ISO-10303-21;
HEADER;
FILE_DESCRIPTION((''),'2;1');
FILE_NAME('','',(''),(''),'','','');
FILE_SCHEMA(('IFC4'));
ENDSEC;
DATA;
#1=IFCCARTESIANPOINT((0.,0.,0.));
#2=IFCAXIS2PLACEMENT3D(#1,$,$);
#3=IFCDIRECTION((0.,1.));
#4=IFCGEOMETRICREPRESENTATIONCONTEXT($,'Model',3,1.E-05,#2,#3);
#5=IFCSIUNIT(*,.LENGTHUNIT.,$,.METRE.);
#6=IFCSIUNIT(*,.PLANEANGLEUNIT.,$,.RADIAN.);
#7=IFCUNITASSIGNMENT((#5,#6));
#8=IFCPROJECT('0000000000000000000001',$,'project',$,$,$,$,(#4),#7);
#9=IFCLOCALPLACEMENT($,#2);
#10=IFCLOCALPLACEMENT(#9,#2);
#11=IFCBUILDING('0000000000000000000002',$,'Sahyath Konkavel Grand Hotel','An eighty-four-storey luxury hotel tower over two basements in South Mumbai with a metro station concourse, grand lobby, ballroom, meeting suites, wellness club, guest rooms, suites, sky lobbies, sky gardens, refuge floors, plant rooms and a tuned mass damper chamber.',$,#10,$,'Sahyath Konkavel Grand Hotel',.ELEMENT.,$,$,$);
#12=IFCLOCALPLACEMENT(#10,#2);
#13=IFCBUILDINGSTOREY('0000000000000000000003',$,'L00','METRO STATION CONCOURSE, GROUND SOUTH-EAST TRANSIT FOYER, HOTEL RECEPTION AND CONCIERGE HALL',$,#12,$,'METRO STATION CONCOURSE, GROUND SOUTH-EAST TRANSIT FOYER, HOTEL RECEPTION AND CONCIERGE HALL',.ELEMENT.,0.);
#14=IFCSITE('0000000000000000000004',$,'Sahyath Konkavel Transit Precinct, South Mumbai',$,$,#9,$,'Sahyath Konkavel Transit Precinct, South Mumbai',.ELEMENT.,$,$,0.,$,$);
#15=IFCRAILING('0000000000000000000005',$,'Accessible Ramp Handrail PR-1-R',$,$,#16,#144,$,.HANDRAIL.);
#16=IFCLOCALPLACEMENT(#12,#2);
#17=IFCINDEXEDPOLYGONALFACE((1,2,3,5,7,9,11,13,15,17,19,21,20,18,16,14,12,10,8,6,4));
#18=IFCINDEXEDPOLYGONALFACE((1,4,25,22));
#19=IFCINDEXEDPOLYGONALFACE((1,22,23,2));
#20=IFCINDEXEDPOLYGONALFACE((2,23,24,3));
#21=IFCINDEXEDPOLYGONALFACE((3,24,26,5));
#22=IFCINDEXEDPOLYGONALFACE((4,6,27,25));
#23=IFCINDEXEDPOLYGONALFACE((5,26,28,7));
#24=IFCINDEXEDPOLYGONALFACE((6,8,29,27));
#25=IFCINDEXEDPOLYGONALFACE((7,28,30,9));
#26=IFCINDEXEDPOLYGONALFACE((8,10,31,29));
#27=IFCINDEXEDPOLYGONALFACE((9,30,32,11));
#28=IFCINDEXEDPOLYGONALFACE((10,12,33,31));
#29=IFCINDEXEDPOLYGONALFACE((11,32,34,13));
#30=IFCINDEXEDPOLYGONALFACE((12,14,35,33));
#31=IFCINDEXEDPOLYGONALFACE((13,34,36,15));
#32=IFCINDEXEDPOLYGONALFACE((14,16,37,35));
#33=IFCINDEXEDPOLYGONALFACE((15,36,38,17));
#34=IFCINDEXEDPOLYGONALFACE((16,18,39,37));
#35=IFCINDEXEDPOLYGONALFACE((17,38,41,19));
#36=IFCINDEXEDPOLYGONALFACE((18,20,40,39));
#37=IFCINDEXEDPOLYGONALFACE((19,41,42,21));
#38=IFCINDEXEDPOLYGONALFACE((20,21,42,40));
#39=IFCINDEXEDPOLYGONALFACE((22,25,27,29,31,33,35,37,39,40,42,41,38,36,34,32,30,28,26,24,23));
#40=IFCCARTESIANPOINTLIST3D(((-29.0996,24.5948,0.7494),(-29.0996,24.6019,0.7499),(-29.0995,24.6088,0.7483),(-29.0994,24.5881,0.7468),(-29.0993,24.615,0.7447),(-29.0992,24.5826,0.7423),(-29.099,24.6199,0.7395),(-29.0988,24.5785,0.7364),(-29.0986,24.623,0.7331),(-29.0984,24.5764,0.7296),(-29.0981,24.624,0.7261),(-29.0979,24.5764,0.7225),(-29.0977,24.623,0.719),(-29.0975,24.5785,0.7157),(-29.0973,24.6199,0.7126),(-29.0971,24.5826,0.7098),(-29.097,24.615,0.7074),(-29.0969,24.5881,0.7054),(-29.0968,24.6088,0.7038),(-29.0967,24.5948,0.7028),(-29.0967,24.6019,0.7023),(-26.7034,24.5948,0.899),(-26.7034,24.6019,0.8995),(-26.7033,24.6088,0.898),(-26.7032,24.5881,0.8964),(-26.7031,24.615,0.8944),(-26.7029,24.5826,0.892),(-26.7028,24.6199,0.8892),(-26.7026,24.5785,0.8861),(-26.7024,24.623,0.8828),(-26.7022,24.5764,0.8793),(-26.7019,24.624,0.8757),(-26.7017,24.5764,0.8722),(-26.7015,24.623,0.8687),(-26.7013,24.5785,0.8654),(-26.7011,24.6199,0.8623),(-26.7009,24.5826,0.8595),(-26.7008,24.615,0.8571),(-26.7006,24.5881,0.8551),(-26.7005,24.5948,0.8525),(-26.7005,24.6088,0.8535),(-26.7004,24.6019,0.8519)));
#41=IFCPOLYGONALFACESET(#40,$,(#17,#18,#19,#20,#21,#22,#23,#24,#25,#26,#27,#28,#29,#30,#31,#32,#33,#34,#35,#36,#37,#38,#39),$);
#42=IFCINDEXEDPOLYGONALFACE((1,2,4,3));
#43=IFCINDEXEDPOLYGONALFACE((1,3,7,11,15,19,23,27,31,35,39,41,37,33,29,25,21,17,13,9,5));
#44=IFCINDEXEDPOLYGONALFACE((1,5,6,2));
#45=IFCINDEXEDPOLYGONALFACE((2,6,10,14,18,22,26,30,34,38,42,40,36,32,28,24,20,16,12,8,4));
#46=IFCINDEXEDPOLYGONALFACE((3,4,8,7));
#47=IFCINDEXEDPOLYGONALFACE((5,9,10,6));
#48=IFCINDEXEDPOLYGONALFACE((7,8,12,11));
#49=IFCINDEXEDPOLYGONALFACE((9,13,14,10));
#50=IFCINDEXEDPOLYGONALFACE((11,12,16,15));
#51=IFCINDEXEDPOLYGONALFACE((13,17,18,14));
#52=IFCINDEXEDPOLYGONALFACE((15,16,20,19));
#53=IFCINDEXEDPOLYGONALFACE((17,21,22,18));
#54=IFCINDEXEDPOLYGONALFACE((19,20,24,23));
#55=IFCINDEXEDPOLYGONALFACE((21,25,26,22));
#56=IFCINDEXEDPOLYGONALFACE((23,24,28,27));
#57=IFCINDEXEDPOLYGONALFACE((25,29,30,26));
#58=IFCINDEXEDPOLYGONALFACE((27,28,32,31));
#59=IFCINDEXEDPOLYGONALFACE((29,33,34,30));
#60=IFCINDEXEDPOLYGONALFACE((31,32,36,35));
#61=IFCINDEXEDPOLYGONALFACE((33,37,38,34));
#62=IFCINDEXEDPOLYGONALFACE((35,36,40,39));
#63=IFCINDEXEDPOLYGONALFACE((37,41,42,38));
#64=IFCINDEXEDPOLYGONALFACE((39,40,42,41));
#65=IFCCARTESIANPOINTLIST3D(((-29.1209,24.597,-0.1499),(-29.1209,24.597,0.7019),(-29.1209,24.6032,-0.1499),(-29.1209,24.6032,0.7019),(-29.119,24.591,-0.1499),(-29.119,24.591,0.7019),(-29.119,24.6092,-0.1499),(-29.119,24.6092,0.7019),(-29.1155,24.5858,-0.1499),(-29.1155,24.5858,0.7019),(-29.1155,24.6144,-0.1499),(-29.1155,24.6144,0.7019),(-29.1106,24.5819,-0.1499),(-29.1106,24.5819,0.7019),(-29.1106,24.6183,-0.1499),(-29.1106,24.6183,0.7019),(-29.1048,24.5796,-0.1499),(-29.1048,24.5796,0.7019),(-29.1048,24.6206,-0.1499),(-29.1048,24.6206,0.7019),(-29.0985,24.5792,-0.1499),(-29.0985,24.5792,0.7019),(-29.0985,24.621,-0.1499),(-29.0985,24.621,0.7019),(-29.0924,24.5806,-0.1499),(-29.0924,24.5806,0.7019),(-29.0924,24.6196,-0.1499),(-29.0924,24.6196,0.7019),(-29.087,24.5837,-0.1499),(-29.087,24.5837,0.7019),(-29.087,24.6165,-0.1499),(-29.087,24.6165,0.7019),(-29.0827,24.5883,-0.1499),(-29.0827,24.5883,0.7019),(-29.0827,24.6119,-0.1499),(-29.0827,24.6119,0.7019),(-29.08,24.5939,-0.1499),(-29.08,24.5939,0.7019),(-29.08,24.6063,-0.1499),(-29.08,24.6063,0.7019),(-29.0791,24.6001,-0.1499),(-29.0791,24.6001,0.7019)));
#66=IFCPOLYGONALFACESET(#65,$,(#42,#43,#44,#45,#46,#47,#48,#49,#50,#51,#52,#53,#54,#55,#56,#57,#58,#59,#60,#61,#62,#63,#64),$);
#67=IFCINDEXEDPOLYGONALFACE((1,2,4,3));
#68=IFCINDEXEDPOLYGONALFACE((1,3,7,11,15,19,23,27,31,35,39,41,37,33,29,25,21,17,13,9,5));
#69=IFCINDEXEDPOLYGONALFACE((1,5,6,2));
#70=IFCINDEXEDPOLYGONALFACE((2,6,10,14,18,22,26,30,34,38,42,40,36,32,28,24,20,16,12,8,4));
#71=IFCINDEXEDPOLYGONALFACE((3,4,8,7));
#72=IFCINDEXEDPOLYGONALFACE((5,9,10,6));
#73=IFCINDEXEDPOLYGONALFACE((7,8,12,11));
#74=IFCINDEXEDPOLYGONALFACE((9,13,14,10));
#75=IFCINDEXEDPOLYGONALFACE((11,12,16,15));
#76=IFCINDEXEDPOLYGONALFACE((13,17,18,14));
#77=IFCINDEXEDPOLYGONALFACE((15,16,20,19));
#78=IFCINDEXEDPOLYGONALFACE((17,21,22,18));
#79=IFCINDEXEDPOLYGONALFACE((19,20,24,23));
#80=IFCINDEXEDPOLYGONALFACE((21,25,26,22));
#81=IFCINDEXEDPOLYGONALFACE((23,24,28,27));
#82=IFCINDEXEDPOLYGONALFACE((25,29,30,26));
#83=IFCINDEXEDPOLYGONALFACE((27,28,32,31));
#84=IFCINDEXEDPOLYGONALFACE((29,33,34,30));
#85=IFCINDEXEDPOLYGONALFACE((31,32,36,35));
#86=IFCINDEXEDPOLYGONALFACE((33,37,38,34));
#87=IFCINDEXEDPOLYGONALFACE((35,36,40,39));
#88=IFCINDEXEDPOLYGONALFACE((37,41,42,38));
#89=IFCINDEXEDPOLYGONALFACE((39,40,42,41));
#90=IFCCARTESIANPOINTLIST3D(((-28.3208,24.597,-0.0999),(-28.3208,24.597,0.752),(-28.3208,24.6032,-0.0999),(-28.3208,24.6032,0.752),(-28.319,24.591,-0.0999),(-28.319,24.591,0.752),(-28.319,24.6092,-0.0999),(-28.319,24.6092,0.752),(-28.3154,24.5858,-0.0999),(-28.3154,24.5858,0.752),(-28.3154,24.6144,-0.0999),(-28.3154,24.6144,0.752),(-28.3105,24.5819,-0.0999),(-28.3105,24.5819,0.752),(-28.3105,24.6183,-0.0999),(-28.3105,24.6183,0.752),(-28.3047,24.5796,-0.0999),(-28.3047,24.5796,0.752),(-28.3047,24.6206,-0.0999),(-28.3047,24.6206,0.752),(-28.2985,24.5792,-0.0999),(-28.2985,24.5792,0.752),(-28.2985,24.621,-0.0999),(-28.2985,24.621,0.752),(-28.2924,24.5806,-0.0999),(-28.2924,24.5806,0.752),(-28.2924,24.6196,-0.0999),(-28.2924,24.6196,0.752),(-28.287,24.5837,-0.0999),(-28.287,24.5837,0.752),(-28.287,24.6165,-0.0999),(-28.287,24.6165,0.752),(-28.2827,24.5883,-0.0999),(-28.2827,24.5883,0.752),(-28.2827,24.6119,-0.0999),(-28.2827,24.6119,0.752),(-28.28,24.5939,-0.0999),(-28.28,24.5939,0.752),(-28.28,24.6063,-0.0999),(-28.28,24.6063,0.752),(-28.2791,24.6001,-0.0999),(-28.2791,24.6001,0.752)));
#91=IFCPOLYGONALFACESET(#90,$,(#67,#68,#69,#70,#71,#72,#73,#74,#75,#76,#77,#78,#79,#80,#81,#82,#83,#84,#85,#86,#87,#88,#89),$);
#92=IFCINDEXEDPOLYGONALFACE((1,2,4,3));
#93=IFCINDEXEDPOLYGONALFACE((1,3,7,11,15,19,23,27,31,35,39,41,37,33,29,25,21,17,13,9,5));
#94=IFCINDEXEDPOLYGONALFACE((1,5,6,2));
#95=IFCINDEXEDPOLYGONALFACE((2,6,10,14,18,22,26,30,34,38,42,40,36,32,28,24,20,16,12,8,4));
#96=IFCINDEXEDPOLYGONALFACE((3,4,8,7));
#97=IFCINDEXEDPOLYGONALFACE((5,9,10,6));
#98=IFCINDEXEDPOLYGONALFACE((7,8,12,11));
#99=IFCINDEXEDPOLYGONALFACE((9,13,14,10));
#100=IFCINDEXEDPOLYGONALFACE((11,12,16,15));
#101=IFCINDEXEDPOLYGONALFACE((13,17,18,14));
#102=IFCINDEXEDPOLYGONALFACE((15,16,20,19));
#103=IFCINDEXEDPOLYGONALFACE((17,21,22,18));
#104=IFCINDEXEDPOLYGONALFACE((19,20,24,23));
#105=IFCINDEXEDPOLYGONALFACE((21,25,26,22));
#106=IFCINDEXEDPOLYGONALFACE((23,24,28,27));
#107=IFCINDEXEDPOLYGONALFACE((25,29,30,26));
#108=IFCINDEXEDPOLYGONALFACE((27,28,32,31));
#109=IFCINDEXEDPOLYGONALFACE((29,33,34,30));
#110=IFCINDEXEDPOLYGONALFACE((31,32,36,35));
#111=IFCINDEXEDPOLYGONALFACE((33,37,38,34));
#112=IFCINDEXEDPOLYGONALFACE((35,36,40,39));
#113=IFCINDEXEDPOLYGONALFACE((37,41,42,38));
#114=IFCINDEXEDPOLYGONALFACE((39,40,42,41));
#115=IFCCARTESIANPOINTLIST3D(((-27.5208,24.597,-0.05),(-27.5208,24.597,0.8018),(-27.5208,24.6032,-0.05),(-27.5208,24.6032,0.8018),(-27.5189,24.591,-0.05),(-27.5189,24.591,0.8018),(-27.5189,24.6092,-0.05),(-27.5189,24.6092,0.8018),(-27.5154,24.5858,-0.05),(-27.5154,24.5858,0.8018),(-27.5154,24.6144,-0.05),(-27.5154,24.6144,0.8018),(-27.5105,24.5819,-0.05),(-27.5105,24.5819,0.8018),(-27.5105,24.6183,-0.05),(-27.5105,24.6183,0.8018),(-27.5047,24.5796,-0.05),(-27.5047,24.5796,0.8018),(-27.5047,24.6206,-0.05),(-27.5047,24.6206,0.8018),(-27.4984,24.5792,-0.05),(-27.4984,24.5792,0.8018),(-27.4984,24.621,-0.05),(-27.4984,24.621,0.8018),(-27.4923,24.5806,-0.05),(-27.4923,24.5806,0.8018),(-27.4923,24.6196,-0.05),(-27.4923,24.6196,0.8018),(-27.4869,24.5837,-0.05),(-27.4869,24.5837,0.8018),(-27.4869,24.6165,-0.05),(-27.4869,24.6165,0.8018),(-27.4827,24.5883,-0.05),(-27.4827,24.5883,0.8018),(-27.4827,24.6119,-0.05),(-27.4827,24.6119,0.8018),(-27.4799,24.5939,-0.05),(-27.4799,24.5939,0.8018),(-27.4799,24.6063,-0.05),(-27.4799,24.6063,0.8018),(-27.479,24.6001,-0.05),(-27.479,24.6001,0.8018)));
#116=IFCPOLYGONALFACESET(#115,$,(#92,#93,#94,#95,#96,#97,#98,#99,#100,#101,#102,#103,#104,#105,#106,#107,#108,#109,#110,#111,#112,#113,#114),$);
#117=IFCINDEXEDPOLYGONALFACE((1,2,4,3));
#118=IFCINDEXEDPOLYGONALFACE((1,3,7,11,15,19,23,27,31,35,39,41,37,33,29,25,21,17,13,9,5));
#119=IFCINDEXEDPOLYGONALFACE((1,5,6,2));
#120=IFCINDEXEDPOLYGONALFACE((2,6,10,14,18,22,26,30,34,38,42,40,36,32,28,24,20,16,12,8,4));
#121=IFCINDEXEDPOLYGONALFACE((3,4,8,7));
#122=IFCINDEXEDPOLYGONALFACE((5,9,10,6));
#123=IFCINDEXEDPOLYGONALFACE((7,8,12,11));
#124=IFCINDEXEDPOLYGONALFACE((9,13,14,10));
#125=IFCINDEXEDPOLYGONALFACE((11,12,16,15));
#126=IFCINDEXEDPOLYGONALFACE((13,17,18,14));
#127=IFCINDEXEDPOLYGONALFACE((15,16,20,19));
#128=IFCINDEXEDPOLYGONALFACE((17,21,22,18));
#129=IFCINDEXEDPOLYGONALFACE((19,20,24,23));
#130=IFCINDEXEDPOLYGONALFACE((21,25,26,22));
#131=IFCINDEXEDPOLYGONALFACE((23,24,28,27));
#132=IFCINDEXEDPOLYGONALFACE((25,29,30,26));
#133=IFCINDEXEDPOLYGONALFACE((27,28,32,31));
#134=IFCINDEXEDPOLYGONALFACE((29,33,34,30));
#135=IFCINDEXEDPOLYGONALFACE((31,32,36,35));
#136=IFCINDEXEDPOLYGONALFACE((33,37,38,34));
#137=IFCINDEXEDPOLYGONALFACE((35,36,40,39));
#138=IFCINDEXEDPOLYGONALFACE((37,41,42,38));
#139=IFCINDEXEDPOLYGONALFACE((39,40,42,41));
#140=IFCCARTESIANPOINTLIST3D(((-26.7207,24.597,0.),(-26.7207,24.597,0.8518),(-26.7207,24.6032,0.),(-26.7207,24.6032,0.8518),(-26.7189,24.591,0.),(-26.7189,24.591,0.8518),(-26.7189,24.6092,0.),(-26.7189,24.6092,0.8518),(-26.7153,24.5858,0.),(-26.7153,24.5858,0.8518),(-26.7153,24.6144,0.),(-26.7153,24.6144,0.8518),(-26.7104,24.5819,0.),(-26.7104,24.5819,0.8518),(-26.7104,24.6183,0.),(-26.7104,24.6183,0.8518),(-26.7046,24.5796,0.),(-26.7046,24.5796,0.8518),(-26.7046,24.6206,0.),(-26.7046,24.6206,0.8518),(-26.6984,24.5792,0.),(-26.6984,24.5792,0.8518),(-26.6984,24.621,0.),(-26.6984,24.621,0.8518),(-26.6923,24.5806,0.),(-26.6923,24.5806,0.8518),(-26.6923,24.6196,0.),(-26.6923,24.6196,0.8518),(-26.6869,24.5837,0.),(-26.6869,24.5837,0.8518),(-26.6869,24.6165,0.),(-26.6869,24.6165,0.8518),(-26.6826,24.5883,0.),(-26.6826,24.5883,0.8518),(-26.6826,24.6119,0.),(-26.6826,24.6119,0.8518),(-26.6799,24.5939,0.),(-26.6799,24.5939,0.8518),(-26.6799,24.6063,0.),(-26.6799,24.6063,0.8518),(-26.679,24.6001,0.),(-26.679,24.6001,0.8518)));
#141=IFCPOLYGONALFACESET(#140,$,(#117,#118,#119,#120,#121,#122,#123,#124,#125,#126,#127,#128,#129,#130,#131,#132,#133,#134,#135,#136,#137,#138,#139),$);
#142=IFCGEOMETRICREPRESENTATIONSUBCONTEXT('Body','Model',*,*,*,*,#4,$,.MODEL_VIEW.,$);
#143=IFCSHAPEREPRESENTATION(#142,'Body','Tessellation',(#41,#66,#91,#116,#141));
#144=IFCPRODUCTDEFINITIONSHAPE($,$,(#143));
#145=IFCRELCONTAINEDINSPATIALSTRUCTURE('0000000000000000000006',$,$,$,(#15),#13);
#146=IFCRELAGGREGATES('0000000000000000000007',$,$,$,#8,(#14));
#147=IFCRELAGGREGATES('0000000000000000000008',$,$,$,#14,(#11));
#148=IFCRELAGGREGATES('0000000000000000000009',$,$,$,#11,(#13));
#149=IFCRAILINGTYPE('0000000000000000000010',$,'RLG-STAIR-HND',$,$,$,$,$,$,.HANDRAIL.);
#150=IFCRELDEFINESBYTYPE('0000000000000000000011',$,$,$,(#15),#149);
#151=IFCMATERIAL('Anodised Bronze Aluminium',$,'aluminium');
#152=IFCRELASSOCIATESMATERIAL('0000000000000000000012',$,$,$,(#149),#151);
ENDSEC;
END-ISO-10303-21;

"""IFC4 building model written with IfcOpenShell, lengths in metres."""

from ifc_helpers import new_model, si_unit, direction, frame, origin, origin_2d, place, context, subcontext, project, spatial, circle, extrude, material, type_object, element, save


model = new_model("IFC4")

# Units and contexts
model_context = context("Model", 3, precision=1e-05, world=origin(), true_north=direction((0.0, 1.0)))
body_context = subcontext(model_context, "Body", "Model", "MODEL_VIEW")
ifc_project = project(units=[si_unit("LENGTHUNIT", "METRE"), si_unit("PLANEANGLEUNIT", "RADIAN")], contexts=[model_context])

# Site, building, storey
site_placement = place(None, origin())
site = spatial("IfcSite", under=ifc_project, at=site_placement, Name="Sahyath Konkavel Transit Precinct, South Mumbai", LongName="Sahyath Konkavel Transit Precinct, South Mumbai", CompositionType="ELEMENT", RefElevation=0.0)
building_placement = place(site_placement, origin())
building = spatial("IfcBuilding", under=site, at=building_placement, Name="Sahyath Konkavel Grand Hotel", Description="An eighty-four-storey luxury hotel tower over two basements in South Mumbai with a metro station concourse, grand lobby, ballroom, meeting suites, wellness club, guest rooms, suites, sky lobbies, sky gardens, refuge floors, plant rooms and a tuned mass damper chamber.", LongName="Sahyath Konkavel Grand Hotel", CompositionType="ELEMENT")
storey_placement = place(building_placement, origin())
storey = spatial("IfcBuildingStorey", under=building, at=storey_placement, Name="L00", Description="METRO STATION CONCOURSE, GROUND SOUTH-EAST TRANSIT FOYER, HOTEL RECEPTION AND CONCIERGE HALL", LongName="METRO STATION CONCOURSE, GROUND SOUTH-EAST TRANSIT FOYER, HOTEL RECEPTION AND CONCIERGE HALL", CompositionType="ELEMENT", Elevation=0.0)

# Railing
ifc_material_1 = material(Name="Anodised Bronze Aluminium", Category="aluminium")
railing_type_1 = type_object("IfcRailingType", Name="RLG-STAIR-HND", PredefinedType="HANDRAIL", material=ifc_material_1)
for number, where, name in (
    (1, (-29.1001, 24.6001, -0.1499), "Accessible Ramp Handrail PR-1-R"),
):
    element("IfcRailing", number, at=place(storey_placement, frame(where)), inside=storey, type_object=railing_type_1, Name=name, PredefinedType="HANDRAIL", context=body_context, shape_type="SweptSolid", body=[
        extrude(circle(Radius=0.0239, at=origin_2d()), frame((0.002, 0.0, 0.876), z_axis=(0.998055, 0.0, 0.062334), x_axis=(0.0, 1.0, 0.0)), (0.0, 0.0, 1.0), 2.4009),
        extrude(circle(Radius=0.021, at=origin_2d()), origin(), (0.0, 0.0, 1.0), 0.8518),
        extrude(circle(Radius=0.021, at=origin_2d()), frame((0.8, 0.0, 0.05)), (0.0, 0.0, 1.0), 0.8518),
        extrude(circle(Radius=0.021, at=origin_2d()), frame((1.6001, 0.0, 0.0999)), (0.0, 0.0, 1.0), 0.8518),
        extrude(circle(Radius=0.021, at=origin_2d()), frame((2.4001, 0.0, 0.1499)), (0.0, 0.0, 1.0), 0.8518),
    ])

save(model, "model.ifc")
